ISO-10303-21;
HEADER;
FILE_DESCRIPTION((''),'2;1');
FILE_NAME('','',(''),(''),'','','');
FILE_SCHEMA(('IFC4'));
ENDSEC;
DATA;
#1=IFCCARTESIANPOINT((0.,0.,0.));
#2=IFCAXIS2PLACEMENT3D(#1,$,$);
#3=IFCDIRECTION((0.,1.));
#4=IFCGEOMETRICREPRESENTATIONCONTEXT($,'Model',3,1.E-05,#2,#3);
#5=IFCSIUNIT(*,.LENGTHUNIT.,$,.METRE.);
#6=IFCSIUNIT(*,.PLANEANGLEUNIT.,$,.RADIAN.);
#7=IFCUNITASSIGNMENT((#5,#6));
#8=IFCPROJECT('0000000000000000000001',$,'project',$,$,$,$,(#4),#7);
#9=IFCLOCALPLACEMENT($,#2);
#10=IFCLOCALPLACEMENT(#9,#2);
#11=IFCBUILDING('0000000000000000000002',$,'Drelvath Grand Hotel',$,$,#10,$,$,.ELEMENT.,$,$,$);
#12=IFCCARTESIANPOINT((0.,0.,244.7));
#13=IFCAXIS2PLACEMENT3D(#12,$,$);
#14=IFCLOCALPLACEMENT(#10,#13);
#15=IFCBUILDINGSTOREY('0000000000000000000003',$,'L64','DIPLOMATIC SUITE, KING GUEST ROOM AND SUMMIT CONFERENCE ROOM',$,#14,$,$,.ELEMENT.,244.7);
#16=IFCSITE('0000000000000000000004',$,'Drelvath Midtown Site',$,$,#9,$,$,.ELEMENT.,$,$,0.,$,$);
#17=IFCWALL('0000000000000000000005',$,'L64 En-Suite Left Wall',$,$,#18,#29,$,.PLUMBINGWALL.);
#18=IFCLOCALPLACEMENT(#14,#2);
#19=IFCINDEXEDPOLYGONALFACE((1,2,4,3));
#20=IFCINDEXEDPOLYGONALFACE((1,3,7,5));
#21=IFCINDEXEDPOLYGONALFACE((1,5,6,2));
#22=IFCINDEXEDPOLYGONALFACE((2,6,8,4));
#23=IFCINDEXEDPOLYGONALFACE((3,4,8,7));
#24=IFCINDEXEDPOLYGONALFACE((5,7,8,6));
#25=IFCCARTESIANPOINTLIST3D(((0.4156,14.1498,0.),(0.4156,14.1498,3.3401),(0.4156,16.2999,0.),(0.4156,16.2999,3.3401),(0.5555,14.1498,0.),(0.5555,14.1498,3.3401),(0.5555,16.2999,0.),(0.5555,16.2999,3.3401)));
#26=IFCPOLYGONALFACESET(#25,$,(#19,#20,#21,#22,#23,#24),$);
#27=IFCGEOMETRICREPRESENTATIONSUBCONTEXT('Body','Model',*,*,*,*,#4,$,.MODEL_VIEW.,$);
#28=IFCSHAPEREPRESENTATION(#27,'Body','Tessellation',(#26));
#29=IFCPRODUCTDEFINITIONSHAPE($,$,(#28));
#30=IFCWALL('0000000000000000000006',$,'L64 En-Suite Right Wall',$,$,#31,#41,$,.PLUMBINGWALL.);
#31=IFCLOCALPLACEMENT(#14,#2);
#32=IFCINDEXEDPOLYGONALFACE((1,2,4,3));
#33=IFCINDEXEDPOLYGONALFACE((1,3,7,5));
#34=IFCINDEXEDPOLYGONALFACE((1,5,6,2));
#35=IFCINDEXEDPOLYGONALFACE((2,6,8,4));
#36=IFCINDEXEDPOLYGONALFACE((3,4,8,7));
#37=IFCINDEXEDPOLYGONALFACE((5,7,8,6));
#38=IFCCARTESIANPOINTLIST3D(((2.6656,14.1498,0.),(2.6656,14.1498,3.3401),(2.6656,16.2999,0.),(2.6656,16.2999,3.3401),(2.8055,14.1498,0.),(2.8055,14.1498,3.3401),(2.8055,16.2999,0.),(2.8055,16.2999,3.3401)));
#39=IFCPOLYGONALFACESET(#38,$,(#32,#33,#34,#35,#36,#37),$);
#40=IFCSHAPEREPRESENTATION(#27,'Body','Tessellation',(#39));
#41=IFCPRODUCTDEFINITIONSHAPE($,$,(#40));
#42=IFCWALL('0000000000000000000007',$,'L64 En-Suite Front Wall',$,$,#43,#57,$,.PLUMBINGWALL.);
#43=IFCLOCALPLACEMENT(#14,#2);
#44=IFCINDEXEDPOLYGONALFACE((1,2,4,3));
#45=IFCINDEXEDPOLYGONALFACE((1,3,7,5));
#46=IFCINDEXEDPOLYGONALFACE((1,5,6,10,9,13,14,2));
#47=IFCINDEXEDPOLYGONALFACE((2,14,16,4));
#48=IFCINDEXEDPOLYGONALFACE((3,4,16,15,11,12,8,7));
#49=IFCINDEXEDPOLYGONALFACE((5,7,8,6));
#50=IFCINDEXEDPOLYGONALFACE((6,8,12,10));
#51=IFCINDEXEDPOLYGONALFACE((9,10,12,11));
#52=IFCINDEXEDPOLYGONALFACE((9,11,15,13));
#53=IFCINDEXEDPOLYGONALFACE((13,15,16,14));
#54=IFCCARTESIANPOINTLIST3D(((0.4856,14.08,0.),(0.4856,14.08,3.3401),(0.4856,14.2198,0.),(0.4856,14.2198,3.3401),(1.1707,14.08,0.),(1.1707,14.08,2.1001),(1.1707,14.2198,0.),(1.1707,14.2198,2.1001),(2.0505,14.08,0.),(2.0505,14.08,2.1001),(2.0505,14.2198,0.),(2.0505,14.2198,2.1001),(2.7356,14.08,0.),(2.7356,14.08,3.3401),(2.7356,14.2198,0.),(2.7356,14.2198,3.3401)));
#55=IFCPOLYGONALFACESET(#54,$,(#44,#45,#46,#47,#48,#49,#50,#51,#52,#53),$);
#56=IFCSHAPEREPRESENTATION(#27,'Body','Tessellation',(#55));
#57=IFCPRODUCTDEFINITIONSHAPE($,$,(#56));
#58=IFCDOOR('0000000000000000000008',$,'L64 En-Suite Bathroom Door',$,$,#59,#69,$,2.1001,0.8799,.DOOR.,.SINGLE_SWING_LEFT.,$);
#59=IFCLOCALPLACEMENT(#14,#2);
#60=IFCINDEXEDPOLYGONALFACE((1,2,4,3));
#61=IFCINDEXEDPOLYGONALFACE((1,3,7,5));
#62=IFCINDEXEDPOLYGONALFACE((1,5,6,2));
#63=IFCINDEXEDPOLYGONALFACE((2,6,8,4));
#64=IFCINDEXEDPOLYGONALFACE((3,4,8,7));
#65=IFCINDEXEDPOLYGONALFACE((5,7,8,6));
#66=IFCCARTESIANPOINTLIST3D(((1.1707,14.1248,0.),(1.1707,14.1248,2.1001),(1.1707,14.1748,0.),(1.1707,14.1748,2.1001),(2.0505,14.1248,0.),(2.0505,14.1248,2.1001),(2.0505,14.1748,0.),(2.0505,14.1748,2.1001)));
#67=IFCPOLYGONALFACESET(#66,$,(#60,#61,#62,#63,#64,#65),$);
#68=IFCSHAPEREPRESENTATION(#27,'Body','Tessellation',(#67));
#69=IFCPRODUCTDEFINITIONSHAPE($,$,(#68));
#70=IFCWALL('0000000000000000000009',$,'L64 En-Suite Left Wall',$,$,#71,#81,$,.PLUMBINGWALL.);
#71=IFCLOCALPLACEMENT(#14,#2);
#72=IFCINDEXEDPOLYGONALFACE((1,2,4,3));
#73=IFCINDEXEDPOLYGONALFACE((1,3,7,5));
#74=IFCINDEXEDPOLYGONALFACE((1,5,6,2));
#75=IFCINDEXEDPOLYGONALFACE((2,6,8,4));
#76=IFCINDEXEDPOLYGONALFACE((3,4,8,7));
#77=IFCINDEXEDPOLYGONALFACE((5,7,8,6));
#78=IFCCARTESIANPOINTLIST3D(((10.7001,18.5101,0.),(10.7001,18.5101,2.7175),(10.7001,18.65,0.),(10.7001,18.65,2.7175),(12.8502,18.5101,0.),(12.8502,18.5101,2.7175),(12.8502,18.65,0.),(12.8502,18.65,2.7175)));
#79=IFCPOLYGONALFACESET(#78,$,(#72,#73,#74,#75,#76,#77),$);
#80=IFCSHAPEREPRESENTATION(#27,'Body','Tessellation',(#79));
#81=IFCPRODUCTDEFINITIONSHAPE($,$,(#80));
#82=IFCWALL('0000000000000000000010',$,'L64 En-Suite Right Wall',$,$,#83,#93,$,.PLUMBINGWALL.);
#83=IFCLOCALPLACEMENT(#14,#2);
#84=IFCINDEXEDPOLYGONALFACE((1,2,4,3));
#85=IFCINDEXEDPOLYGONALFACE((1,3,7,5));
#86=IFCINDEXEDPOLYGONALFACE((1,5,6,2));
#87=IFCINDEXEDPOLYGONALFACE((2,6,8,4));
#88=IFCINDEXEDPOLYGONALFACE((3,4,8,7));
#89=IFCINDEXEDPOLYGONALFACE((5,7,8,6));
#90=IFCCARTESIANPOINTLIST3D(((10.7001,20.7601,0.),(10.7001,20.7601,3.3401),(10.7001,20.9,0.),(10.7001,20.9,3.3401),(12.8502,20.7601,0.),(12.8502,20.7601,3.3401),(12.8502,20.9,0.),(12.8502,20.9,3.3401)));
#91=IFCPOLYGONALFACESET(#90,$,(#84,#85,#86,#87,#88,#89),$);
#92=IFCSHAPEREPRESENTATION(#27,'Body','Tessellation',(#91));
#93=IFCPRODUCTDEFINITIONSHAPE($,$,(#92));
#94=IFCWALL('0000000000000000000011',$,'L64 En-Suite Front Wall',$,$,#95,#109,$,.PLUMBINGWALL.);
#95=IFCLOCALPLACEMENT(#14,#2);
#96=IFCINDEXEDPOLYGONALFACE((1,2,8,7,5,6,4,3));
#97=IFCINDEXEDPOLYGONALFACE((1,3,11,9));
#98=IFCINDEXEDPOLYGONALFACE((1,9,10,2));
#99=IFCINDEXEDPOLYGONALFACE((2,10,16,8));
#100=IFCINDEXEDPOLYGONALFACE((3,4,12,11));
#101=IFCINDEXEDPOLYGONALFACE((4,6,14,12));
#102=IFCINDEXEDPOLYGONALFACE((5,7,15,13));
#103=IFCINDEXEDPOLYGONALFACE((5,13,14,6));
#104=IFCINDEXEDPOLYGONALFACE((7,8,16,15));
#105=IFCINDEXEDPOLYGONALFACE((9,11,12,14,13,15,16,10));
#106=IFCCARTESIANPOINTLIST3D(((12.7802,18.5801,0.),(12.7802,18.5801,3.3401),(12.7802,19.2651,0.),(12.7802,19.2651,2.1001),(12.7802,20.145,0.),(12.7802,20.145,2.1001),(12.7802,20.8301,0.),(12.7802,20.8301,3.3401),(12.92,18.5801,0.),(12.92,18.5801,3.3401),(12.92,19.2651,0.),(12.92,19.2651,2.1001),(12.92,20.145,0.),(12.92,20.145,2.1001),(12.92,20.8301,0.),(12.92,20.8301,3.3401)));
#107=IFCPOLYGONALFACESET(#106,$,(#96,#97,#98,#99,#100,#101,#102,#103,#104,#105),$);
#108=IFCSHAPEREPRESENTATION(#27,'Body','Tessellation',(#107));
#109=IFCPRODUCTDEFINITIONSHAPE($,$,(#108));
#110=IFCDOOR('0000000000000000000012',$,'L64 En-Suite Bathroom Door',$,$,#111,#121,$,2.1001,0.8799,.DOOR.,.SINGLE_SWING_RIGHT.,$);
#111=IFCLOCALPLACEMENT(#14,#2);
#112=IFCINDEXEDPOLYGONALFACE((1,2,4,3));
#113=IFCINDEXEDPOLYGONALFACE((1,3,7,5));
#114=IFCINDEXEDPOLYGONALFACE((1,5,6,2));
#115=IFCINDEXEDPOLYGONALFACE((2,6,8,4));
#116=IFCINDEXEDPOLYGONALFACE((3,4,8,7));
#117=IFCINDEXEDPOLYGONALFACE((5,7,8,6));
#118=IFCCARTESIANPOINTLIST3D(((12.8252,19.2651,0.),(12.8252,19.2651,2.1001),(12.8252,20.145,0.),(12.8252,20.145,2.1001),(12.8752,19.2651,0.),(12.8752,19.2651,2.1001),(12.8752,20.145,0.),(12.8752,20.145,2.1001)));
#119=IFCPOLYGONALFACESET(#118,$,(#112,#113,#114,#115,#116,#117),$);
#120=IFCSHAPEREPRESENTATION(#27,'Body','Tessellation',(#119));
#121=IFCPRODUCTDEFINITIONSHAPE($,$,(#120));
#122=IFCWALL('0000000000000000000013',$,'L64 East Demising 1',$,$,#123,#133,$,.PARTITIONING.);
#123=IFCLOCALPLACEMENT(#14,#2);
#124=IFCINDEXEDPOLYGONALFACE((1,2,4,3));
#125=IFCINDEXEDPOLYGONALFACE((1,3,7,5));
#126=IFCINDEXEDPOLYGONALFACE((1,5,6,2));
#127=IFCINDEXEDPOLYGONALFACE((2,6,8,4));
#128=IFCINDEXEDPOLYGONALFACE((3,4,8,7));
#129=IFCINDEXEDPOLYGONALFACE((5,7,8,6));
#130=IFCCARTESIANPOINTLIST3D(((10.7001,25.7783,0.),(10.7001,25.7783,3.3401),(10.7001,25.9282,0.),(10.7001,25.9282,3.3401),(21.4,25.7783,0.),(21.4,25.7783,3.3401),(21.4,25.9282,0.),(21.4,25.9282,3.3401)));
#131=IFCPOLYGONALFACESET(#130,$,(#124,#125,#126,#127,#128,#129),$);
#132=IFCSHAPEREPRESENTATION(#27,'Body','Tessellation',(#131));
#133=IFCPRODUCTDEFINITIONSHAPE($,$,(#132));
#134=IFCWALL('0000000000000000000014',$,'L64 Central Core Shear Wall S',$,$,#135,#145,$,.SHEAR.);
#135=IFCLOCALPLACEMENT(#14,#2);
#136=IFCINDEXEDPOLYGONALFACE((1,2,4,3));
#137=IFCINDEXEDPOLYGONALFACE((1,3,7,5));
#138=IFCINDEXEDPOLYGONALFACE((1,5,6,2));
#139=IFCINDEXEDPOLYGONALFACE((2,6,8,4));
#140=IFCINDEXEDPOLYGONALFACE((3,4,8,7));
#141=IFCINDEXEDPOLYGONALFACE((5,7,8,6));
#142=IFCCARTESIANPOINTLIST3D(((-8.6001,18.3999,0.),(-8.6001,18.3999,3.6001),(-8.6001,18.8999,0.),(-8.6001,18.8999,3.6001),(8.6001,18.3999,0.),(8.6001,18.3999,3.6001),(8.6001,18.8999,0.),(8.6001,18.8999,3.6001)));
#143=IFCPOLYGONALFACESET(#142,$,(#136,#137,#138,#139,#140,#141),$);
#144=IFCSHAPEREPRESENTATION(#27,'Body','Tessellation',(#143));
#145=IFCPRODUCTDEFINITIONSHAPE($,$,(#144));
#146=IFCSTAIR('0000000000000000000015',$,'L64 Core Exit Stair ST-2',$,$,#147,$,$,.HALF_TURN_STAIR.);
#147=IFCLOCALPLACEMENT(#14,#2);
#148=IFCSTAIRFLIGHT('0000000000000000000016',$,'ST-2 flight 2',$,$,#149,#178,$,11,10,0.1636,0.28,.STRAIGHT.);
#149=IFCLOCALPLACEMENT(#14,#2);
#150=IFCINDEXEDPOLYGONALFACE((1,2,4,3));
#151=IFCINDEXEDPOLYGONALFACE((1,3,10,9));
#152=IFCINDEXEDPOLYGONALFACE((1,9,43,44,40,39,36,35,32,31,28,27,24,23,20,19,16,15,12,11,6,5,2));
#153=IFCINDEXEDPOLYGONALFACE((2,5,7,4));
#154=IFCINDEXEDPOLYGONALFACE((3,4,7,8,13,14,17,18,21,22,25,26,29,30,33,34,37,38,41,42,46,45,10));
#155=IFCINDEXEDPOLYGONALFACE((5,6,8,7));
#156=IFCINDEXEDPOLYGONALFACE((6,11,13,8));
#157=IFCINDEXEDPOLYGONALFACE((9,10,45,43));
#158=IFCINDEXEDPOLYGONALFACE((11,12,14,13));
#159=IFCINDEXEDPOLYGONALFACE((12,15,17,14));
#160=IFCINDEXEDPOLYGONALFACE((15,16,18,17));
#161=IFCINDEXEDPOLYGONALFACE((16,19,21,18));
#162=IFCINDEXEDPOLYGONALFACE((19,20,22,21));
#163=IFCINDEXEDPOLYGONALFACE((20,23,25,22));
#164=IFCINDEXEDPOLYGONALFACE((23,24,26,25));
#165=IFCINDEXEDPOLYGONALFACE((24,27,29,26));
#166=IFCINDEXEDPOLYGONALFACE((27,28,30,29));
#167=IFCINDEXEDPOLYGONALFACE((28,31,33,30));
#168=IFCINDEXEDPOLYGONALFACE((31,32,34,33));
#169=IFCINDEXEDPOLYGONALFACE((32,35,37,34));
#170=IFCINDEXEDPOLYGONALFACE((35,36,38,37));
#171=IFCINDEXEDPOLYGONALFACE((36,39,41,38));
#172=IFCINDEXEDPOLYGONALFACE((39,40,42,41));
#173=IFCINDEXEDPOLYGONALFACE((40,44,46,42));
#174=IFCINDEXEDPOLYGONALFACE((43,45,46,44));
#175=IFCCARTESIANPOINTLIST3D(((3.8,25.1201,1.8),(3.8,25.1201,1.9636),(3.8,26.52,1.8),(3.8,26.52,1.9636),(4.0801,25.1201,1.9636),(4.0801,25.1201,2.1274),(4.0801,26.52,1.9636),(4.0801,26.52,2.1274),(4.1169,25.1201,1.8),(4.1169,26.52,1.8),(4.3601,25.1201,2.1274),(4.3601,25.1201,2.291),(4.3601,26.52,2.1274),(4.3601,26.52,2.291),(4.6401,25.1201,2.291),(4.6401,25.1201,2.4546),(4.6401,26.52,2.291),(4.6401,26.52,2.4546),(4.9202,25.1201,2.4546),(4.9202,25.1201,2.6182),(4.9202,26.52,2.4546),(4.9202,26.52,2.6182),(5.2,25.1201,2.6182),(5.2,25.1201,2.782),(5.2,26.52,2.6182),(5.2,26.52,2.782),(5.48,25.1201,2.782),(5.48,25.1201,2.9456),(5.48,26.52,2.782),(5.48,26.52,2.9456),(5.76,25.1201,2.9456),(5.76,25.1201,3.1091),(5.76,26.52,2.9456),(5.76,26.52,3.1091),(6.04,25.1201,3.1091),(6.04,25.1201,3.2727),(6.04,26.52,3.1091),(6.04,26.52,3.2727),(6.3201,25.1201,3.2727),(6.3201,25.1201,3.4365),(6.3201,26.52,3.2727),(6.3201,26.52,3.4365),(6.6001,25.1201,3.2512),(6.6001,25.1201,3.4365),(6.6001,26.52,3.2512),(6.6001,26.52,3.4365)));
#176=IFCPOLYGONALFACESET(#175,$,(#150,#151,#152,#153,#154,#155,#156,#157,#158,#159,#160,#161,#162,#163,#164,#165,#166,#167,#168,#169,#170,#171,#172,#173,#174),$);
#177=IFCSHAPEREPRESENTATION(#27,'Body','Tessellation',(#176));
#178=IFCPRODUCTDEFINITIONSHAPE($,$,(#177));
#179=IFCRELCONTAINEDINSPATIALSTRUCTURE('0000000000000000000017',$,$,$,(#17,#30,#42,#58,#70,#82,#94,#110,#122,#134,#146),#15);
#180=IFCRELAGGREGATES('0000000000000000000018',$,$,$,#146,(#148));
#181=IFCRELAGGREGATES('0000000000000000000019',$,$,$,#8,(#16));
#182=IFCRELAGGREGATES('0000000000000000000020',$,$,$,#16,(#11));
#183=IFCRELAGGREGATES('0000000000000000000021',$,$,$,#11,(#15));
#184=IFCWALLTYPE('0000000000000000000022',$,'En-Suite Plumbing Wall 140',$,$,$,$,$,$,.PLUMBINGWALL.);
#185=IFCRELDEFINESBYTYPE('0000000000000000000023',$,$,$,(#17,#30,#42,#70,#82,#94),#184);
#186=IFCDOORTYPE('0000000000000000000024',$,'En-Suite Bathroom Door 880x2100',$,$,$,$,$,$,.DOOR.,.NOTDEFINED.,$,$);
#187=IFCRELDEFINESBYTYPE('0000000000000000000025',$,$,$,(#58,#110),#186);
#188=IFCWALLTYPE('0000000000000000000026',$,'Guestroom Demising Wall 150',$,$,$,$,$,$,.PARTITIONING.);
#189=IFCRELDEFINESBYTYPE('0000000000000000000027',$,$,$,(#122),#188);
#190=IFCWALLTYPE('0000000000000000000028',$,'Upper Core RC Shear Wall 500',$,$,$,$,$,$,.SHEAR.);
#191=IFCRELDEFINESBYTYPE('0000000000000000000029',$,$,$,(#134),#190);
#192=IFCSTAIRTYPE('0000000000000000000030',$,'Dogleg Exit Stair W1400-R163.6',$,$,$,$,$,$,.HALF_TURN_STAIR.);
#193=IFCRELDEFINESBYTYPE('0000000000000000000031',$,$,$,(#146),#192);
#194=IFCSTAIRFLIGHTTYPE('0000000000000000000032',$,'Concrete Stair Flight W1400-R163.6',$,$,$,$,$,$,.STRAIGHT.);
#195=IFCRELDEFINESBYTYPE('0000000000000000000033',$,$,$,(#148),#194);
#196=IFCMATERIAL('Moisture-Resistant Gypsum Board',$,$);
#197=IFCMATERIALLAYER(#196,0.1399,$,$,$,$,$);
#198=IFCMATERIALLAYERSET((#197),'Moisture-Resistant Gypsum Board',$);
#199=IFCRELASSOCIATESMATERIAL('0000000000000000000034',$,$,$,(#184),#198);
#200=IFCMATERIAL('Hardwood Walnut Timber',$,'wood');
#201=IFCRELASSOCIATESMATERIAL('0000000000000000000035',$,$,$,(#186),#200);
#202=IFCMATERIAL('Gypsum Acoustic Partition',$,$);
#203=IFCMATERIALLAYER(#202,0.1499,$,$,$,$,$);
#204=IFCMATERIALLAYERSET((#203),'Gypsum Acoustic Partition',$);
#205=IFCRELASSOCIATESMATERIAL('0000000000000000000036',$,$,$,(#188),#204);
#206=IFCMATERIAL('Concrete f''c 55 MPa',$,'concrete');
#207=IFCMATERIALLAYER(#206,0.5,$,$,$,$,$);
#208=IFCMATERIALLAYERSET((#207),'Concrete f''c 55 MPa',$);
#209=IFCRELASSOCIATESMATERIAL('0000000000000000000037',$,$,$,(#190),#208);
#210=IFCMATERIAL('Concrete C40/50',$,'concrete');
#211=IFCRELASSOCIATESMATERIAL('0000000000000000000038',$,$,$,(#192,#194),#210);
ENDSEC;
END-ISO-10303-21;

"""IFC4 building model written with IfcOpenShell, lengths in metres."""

from ifc_helpers import new_model, si_unit, direction, frame, frame_2d, origin, place, context, subcontext, project, spatial, polyline, rectangle, outline, extrude, material, layer, layer_set, type_object, element, fill, aggregate, save


model = new_model("IFC4")

# Units and contexts
model_context = context("Model", 3, precision=1e-05, world=origin(), true_north=direction((0.0, 1.0)))
body_context = subcontext(model_context, "Body", "Model", "MODEL_VIEW")
ifc_project = project(units=[si_unit("LENGTHUNIT", "METRE"), si_unit("PLANEANGLEUNIT", "RADIAN")], contexts=[model_context])

# Site, building, storey
site_placement = place(None, origin())
site = spatial("IfcSite", under=ifc_project, at=site_placement, Name="Drelvath Midtown Site", CompositionType="ELEMENT", RefElevation=0.0)
building_placement = place(site_placement, origin())
building = spatial("IfcBuilding", under=site, at=building_placement, Name="Drelvath Grand Hotel", CompositionType="ELEMENT")
storey_placement = place(building_placement, frame((0.0, 0.0, 244.7)))
storey = spatial("IfcBuildingStorey", under=building, at=storey_placement, Name="L64", Description="DIPLOMATIC SUITE, KING GUEST ROOM AND SUMMIT CONFERENCE ROOM", CompositionType="ELEMENT", Elevation=244.7)

# Shared definitions
ifc_material_1 = material(Name="Concrete f'c 55 MPa", Category="concrete")

# Shared definitions
ifc_material_2 = material(Name="Concrete C40/50", Category="concrete")

# Shared definitions
ifc_material_3 = material(Name="Hardwood Walnut Timber", Category="wood")

# Walls
ifc_material_4 = material(Name="Moisture-Resistant Gypsum Board")
ifc_layer_1 = layer(ifc_material_4, 0.1399)
ifc_layer_set_1 = layer_set([ifc_layer_1], Name="Moisture-Resistant Gypsum Board")
wall_type_1 = type_object("IfcWallType", Name="En-Suite Plumbing Wall 140", PredefinedType="PLUMBINGWALL", material=ifc_layer_set_1)
for number, where, z_axis, x_axis, name in (
    (1, (0.4856, 16.3, 0.0), (0.0, 0.0, 1.0), (0.0, -1.0, 0.0), "L64 En-Suite Left Wall"),
    (2, (2.7356, 16.3, 0.0), (0.0, 0.0, 1.0), (0.0, -1.0, 0.0), "L64 En-Suite Right Wall"),
):
    element("IfcWall", number, at=place(storey_placement, frame(where, z_axis=z_axis, x_axis=x_axis)), inside=storey, type_object=wall_type_1, Name=name, PredefinedType="PLUMBINGWALL", context=body_context, shape_type="SweptSolid", body=[
        extrude(rectangle(XDim=2.1501, YDim=0.1399, at=frame_2d((1.0752, 0.0))), origin(), (0.0, 0.0, 1.0), 3.3401),
    ])

# Wall, opening, door
wall_1_placement = place(storey_placement, frame((0.4856, 14.1499, 0.0), z_axis=(0.0, 0.0, 1.0), x_axis=(1.0, 0.0, 0.0)))
wall_1 = element("IfcWall", 3, at=wall_1_placement, inside=storey, type_object=wall_type_1, Name="L64 En-Suite Front Wall", PredefinedType="PLUMBINGWALL", context=body_context, shape_type="SweptSolid", body=[
    extrude(rectangle(XDim=2.25, YDim=0.1399, at=frame_2d((1.125, 0.0))), origin(), (0.0, 0.0, 1.0), 3.3401),
])
opening_1_placement = place(wall_1_placement, frame((0.6851, 0.0, 0.0)))
opening_1 = element("IfcOpeningElement", 4, at=opening_1_placement, cuts=wall_1, PredefinedType="OPENING", context=body_context, shape_type="SweptSolid", body=[
    extrude(rectangle(XDim=0.8799, YDim=2.1001, at=frame_2d((0.4399, 1.05))), frame((0.0, 0.0798, 0.0), z_axis=(0.0, -1.0, 0.0), x_axis=(1.0, 0.0, 0.0)), (0.0, 0.0, 1.0), 0.1599),
])
door_type_1 = type_object("IfcDoorType", Name="En-Suite Bathroom Door 880x2100", OperationType="NOTDEFINED", PredefinedType="DOOR", material=ifc_material_3)
door_1_placement = place(opening_1_placement, origin())
door_1 = element("IfcDoor", 5, at=door_1_placement, inside=storey, type_object=door_type_1, Name="L64 En-Suite Bathroom Door", OperationType="SINGLE_SWING_LEFT", OverallHeight=2.1001, OverallWidth=0.8799, PredefinedType="DOOR", context=body_context, shape_type="SweptSolid", body=[
    extrude(rectangle(XDim=0.8799, YDim=2.1001, at=frame_2d((0.4399, 1.05))), frame((0.0, 0.0249, 0.0), z_axis=(0.0, -1.0, 0.0), x_axis=(1.0, 0.0, 0.0)), (0.0, 0.0, 1.0), 0.05),
])
fill(opening_1, door_1)

# Walls
wall_2_placement = place(storey_placement, frame((10.7, 18.5801, 0.0), z_axis=(0.0, 0.0, 1.0), x_axis=(1.0, 0.0, 0.0)))
element("IfcWall", 6, at=wall_2_placement, inside=storey, type_object=wall_type_1, Name="L64 En-Suite Left Wall", PredefinedType="PLUMBINGWALL", context=body_context, shape_type="SweptSolid", body=[
    extrude(rectangle(XDim=2.1501, YDim=0.1399, at=frame_2d((1.0752, 0.0))), origin(), (0.0, 0.0, 1.0), 2.7175),
])
wall_3_placement = place(storey_placement, frame((10.7, 20.8301, 0.0), z_axis=(0.0, 0.0, 1.0), x_axis=(1.0, 0.0, 0.0)))
element("IfcWall", 7, at=wall_3_placement, inside=storey, type_object=wall_type_1, Name="L64 En-Suite Right Wall", PredefinedType="PLUMBINGWALL", context=body_context, shape_type="SweptSolid", body=[
    extrude(rectangle(XDim=2.1501, YDim=0.1399, at=frame_2d((1.0752, 0.0))), origin(), (0.0, 0.0, 1.0), 3.3401),
])

# Wall, opening, door
wall_4_placement = place(storey_placement, frame((12.8501, 18.5801, 0.0), z_axis=(0.0, 0.0, 1.0), x_axis=(0.0, 1.0, 0.0)))
wall_4 = element("IfcWall", 8, at=wall_4_placement, inside=storey, type_object=wall_type_1, Name="L64 En-Suite Front Wall", PredefinedType="PLUMBINGWALL", context=body_context, shape_type="SweptSolid", body=[
    extrude(rectangle(XDim=2.25, YDim=0.1399, at=frame_2d((1.125, 0.0))), origin(), (0.0, 0.0, 1.0), 3.3401),
])
opening_2_placement = place(wall_4_placement, frame((0.6851, 0.0, 0.0)))
opening_2 = element("IfcOpeningElement", 9, at=opening_2_placement, cuts=wall_4, PredefinedType="OPENING", context=body_context, shape_type="SweptSolid", body=[
    extrude(rectangle(XDim=0.8799, YDim=2.1001, at=frame_2d((0.4399, 1.05))), frame((0.0, 0.0798, 0.0), z_axis=(0.0, -1.0, 0.0), x_axis=(1.0, 0.0, 0.0)), (0.0, 0.0, 1.0), 0.1599),
])
door_2_placement = place(opening_2_placement, origin())
door_2 = element("IfcDoor", 10, at=door_2_placement, inside=storey, type_object=door_type_1, Name="L64 En-Suite Bathroom Door", OperationType="SINGLE_SWING_RIGHT", OverallHeight=2.1001, OverallWidth=0.8799, PredefinedType="DOOR", context=body_context, shape_type="SweptSolid", body=[
    extrude(rectangle(XDim=0.8799, YDim=2.1001, at=frame_2d((0.4399, 1.05))), frame((0.0, 0.0249, 0.0), z_axis=(0.0, -1.0, 0.0), x_axis=(1.0, 0.0, 0.0)), (0.0, 0.0, 1.0), 0.05),
])
fill(opening_2, door_2)

# Walls
ifc_material_5 = material(Name="Gypsum Acoustic Partition")
ifc_layer_2 = layer(ifc_material_5, 0.1499)
ifc_layer_set_2 = layer_set([ifc_layer_2], Name="Gypsum Acoustic Partition")
wall_type_2 = type_object("IfcWallType", Name="Guestroom Demising Wall 150", PredefinedType="PARTITIONING", material=ifc_layer_set_2)
wall_5_placement = place(storey_placement, frame((10.7, 25.8533, 0.0), z_axis=(0.0, 0.0, 1.0), x_axis=(1.0, 0.0, 0.0)))
element("IfcWall", 11, at=wall_5_placement, inside=storey, type_object=wall_type_2, Name="L64 East Demising 1", PredefinedType="PARTITIONING", context=body_context, shape_type="SweptSolid", body=[
    extrude(rectangle(XDim=10.7, YDim=0.1499, at=frame_2d((5.3501, 0.0))), origin(), (0.0, 0.0, 1.0), 3.3401),
])
ifc_layer_3 = layer(ifc_material_1, 0.5)
ifc_layer_set_3 = layer_set([ifc_layer_3], Name="Concrete f'c 55 MPa")
wall_type_3 = type_object("IfcWallType", Name="Upper Core RC Shear Wall 500", PredefinedType="SHEAR", material=ifc_layer_set_3)
wall_6_placement = place(storey_placement, frame((8.6001, 18.6499, 0.0), z_axis=(0.0, 0.0, 1.0), x_axis=(-1.0, 0.0, 0.0)))
element("IfcWall", 12, at=wall_6_placement, inside=storey, type_object=wall_type_3, Name="L64 Central Core Shear Wall S", PredefinedType="SHEAR", context=body_context, shape_type="SweptSolid", body=[
    extrude(rectangle(XDim=17.2002, YDim=0.5, at=frame_2d((8.6001, 0.0))), origin(), (0.0, 0.0, 1.0), 3.6001),
])

# Stair, stair flight
stair_type = type_object("IfcStairType", Name="Dogleg Exit Stair W1400-R163.6", PredefinedType="HALF_TURN_STAIR", material=ifc_material_2)
stair_placement = place(storey_placement, origin())
stair = element("IfcStair", 13, at=stair_placement, inside=storey, type_object=stair_type, Name="L64 Core Exit Stair ST-2", PredefinedType="HALF_TURN_STAIR")
stair_flight_type = type_object("IfcStairFlightType", Name="Concrete Stair Flight W1400-R163.6", PredefinedType="STRAIGHT", material=ifc_material_2)
stair_flight_placement = place(storey_placement, frame((3.8, 25.8201, 1.8), z_axis=(0.0, 0.0, 1.0), x_axis=(1.0, 0.0, 0.0)))
stair_flight = element("IfcStairFlight", 14, at=stair_flight_placement, type_object=stair_flight_type, Name="ST-2 flight 2", NumberOfRisers=11, NumberOfTreads=10, PredefinedType="STRAIGHT", RiserHeight=0.1636, TreadLength=0.28, context=body_context, shape_type="SweptSolid", body=[
    extrude(outline(polyline([(0.0, 0.0), (0.0, 0.1636), (0.28, 0.1636), (0.28, 0.3274), (0.5601, 0.3274), (0.5601, 0.491), (0.8401, 0.491), (0.8401, 0.6545), (1.1201, 0.6545), (1.1201, 0.8181), (1.3999, 0.8181), (1.3999, 0.9819), (1.6799, 0.9819), (1.6799, 1.1455), (1.96, 1.1455), (1.96, 1.3091), (2.24, 1.3091), (2.24, 1.4727), (2.52, 1.4727), (2.52, 1.6365), (2.8, 1.6365), (2.8, 1.8), (2.8, 1.4512), (0.3169, 0.0), (0.0, 0.0)])), frame((0.0, 0.7, 0.0), z_axis=(0.0, -1.0, 0.0), x_axis=(1.0, 0.0, 0.0)), (0.0, 0.0, 1.0), 1.3999),
])
aggregate(stair, [stair_flight])

save(model, "model.ifc")
